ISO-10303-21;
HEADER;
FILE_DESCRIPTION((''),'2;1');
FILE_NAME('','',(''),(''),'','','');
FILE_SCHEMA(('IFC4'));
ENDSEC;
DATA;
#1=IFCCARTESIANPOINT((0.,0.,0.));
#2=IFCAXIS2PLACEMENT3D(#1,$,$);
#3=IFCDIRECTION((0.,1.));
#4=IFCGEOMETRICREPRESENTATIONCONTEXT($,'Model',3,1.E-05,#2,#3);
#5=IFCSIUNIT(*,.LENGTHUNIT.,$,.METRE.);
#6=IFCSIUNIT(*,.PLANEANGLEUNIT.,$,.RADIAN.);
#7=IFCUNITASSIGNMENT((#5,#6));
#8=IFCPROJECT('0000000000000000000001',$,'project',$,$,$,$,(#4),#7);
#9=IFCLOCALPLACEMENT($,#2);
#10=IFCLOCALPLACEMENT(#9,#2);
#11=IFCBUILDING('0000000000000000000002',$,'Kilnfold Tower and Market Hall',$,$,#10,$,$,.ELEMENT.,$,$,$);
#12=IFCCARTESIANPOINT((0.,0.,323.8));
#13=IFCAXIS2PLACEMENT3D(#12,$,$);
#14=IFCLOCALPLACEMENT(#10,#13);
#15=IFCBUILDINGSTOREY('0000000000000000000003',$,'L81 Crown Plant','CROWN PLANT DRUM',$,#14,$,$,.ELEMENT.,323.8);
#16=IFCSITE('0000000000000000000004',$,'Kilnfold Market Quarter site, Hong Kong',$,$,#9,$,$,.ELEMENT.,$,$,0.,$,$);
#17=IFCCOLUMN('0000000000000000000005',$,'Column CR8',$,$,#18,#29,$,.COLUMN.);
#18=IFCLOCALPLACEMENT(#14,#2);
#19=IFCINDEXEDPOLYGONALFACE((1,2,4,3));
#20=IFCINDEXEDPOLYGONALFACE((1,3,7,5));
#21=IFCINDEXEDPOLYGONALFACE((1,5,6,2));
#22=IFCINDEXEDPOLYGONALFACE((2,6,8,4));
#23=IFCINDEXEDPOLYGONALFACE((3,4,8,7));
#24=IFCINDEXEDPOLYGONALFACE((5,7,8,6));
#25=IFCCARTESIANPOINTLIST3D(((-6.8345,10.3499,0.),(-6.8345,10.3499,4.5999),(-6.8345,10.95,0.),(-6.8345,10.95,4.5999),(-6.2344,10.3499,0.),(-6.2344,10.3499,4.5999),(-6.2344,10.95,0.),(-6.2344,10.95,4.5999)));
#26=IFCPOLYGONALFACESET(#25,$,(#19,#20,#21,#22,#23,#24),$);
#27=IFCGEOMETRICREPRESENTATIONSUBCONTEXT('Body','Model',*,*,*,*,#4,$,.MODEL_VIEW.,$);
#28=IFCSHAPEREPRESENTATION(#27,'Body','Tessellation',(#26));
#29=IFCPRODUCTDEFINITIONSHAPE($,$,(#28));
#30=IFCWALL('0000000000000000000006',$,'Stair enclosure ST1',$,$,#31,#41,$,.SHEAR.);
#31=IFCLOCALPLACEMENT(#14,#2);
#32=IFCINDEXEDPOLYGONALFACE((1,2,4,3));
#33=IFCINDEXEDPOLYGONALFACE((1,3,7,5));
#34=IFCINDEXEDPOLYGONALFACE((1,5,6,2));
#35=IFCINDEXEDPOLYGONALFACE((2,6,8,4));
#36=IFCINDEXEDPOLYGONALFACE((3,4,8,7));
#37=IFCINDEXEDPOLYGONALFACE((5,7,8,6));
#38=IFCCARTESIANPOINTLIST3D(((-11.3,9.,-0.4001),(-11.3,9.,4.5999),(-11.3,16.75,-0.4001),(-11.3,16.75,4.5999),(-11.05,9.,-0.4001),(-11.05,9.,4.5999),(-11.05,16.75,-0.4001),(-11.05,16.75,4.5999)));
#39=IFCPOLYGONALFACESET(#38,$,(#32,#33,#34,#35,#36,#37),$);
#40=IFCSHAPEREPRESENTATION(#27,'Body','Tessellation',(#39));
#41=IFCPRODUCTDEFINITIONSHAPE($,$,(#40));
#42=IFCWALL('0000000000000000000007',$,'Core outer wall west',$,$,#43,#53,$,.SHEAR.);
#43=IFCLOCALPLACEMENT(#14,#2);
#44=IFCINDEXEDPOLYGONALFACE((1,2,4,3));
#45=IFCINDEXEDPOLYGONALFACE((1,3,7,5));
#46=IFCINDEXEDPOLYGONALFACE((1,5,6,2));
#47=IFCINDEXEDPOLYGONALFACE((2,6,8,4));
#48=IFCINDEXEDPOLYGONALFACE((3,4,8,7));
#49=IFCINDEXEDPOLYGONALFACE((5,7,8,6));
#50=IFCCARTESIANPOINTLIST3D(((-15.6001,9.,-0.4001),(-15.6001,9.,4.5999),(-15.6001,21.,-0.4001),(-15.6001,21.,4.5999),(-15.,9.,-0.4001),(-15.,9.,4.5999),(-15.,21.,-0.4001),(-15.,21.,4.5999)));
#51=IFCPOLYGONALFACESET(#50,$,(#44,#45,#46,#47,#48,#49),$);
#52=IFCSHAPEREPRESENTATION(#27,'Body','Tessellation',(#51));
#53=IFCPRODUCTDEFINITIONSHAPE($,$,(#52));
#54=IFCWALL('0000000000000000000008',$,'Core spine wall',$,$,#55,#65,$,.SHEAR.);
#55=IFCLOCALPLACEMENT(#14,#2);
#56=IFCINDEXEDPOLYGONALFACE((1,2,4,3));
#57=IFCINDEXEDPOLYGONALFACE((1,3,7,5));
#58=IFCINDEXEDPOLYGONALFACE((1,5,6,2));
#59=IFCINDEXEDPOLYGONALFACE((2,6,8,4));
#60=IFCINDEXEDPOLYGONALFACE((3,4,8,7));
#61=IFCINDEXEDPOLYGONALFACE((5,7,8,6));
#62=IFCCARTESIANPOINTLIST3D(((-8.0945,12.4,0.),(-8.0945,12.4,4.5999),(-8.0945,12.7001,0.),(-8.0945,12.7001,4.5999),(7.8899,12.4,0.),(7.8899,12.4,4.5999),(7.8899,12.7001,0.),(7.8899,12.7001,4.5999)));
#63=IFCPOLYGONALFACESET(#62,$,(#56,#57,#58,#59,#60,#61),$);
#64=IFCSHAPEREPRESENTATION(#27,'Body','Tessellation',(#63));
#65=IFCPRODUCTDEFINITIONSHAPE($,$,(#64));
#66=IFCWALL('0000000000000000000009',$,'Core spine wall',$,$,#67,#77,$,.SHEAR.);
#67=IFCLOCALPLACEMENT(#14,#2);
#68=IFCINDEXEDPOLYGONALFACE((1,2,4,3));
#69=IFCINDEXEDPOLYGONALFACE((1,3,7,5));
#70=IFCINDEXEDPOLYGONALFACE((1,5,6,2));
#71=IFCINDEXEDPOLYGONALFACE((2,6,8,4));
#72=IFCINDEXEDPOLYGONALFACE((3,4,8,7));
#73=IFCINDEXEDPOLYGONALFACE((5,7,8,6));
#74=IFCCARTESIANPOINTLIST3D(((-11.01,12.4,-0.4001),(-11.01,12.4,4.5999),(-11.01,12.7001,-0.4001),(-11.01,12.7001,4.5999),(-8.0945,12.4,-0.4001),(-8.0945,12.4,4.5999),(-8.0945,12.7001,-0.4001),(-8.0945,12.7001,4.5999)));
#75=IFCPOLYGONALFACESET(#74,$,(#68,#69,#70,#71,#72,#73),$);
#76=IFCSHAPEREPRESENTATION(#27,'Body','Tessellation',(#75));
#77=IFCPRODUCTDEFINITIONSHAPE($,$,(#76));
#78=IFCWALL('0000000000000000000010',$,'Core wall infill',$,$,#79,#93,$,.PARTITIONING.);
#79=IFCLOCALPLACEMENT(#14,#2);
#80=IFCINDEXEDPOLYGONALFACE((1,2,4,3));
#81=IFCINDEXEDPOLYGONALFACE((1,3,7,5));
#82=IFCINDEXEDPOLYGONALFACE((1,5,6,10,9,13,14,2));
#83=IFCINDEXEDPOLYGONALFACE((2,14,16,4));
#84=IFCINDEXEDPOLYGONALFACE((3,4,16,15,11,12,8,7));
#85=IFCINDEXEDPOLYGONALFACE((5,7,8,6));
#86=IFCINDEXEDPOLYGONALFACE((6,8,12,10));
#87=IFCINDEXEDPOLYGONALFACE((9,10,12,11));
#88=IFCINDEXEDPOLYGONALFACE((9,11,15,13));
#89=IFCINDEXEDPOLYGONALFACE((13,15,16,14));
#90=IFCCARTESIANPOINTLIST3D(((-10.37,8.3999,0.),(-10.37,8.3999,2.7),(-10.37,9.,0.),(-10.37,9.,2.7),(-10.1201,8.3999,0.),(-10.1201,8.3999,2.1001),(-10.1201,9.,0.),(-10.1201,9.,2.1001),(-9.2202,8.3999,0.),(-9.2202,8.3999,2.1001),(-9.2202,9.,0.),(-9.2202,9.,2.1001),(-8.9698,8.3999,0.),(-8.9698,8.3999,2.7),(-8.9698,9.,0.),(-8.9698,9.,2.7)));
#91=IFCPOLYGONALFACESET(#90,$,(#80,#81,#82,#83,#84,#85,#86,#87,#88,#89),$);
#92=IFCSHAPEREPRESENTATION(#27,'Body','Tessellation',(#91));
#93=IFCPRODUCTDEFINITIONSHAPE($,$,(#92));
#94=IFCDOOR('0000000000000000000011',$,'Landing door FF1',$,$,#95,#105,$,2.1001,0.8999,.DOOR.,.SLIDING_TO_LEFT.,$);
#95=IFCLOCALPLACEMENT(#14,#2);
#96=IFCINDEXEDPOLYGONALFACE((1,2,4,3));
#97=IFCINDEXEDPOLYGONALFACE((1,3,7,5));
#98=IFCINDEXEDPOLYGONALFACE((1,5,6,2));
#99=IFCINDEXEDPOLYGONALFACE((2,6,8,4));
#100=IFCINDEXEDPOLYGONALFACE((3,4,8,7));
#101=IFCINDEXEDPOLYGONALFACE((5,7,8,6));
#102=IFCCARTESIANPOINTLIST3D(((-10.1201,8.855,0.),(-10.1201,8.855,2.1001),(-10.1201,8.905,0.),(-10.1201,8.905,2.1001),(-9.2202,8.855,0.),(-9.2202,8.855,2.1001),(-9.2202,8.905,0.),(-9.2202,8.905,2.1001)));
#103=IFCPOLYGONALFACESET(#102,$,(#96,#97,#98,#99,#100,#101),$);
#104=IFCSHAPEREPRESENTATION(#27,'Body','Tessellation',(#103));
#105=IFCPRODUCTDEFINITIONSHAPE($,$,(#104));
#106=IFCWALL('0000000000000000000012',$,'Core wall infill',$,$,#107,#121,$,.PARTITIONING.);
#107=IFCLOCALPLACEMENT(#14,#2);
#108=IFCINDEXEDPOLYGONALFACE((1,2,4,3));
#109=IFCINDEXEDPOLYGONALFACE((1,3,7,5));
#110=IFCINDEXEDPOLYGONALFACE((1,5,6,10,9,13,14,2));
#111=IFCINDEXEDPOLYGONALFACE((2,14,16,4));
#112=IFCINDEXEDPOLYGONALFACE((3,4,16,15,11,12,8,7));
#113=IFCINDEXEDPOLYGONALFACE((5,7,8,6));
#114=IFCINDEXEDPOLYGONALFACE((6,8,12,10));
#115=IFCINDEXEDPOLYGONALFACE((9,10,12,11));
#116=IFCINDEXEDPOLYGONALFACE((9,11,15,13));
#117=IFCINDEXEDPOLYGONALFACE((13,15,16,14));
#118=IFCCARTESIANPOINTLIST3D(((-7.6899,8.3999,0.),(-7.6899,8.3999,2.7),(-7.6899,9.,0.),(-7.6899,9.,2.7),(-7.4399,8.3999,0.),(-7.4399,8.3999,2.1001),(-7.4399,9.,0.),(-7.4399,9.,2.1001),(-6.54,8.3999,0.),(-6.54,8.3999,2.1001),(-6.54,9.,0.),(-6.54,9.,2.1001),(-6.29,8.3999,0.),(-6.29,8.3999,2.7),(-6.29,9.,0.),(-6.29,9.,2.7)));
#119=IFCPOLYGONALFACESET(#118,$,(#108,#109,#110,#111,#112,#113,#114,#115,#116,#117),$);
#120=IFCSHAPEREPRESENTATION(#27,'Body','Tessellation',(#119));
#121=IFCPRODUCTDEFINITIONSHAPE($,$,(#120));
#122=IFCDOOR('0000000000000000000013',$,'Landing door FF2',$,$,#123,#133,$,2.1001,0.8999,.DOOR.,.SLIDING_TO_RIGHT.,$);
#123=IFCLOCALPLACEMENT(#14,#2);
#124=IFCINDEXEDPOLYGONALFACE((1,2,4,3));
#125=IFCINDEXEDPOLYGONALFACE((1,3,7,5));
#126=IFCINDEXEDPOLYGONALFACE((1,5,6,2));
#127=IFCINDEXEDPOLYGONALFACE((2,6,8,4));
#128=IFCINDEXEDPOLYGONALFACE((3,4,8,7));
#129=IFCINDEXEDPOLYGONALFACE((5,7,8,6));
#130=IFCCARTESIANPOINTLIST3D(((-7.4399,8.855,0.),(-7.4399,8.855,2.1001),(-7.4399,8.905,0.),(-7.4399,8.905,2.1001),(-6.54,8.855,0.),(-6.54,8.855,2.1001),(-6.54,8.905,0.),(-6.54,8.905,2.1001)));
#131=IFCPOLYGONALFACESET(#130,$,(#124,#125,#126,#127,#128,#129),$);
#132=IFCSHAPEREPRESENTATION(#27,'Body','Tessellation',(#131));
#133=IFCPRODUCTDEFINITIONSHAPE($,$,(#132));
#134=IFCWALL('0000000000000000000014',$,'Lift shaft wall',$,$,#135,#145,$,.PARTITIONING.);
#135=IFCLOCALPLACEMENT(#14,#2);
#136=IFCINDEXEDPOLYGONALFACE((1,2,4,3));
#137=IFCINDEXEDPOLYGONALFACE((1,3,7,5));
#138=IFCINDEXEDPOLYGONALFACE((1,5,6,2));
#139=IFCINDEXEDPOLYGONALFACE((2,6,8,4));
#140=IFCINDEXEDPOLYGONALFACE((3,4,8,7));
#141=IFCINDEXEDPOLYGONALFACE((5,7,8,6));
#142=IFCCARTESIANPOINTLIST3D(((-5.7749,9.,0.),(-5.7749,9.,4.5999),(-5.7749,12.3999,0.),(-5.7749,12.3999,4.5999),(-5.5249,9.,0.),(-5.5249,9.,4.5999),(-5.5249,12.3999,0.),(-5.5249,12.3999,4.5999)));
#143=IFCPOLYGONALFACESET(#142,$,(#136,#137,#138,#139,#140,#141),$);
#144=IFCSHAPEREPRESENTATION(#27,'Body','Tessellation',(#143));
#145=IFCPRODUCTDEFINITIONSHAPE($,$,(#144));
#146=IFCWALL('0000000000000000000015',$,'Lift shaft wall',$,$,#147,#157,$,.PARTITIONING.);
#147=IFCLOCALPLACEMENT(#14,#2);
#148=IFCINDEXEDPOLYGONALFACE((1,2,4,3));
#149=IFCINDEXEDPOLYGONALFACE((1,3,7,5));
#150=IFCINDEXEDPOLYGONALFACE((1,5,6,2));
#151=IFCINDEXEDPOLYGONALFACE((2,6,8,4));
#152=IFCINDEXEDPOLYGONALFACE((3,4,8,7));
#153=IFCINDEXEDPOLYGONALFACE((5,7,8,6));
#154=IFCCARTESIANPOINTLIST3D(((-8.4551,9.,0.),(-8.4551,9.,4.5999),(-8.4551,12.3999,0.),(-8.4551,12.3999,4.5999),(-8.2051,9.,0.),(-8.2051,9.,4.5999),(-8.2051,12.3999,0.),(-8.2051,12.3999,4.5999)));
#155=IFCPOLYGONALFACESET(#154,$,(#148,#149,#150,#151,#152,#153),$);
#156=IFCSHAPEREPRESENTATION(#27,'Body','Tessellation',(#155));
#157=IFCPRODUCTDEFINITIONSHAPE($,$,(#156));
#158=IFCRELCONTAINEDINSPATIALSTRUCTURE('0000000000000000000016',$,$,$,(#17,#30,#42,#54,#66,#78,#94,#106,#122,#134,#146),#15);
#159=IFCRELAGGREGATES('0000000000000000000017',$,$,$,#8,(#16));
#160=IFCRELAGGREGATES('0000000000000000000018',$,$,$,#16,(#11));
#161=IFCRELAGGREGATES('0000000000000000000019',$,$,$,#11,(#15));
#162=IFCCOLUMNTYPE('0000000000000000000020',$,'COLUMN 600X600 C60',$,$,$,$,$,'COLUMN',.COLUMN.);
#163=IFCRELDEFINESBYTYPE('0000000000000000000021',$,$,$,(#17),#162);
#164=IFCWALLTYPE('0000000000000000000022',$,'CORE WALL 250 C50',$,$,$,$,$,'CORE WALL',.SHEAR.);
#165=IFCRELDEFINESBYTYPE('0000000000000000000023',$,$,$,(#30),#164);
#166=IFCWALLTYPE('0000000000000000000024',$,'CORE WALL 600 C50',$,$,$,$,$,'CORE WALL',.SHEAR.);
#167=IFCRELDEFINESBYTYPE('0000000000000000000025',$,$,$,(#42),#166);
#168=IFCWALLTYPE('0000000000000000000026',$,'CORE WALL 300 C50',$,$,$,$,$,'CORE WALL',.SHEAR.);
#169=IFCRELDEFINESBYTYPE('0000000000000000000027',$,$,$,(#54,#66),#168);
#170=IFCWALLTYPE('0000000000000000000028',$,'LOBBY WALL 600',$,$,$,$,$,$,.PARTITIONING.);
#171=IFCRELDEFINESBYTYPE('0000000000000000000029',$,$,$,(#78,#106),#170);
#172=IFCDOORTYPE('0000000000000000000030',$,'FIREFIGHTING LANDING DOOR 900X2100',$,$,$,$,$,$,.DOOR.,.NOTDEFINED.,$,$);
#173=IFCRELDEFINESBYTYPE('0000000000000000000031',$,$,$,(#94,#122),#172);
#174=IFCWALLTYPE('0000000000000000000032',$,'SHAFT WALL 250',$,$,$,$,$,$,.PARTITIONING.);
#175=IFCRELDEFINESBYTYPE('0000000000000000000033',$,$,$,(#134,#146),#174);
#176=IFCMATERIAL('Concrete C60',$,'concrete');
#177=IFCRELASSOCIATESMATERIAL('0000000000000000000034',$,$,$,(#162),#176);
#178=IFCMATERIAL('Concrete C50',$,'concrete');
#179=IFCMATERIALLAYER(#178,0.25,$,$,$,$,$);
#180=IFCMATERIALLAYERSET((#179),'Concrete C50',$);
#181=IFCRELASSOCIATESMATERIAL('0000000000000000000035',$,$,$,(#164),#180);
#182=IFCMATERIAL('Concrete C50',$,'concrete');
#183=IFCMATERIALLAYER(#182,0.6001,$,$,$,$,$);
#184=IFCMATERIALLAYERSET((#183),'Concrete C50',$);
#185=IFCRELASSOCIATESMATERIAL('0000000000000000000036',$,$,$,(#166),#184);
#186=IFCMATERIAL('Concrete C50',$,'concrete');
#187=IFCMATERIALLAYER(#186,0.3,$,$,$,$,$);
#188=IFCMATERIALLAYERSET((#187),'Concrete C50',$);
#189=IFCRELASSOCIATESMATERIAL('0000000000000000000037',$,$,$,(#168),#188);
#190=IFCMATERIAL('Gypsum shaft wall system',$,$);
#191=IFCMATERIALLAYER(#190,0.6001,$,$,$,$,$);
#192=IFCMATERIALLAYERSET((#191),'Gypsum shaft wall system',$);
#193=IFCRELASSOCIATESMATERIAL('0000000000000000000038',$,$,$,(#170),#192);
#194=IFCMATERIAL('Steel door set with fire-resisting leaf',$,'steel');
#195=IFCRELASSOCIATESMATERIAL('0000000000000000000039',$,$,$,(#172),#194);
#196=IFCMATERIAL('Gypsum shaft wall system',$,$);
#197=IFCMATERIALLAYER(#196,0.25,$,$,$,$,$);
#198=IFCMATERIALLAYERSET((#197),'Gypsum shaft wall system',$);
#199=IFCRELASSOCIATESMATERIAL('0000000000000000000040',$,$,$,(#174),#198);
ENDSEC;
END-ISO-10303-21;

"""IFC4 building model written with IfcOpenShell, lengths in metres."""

from ifc_helpers import new_model, si_unit, direction, frame, frame_2d, origin, origin_2d, place, context, subcontext, project, spatial, rectangle, extrude, source, transform, mapped, material, layer, layer_set, material_profile, profile_set, type_object, element, fill, save


model = new_model("IFC4")

# Units and contexts
model_context = context("Model", 3, precision=1e-05, world=origin(), true_north=direction((0.0, 1.0)))
body_context = subcontext(model_context, "Body", "Model", "MODEL_VIEW")
ifc_project = project(units=[si_unit("LENGTHUNIT", "METRE"), si_unit("PLANEANGLEUNIT", "RADIAN")], contexts=[model_context])

# Site, building, storey
site_placement = place(None, origin())
site = spatial("IfcSite", under=ifc_project, at=site_placement, Name="Kilnfold Market Quarter site, Hong Kong", CompositionType="ELEMENT", RefElevation=0.0)
building_placement = place(site_placement, origin())
building = spatial("IfcBuilding", under=site, at=building_placement, Name="Kilnfold Tower and Market Hall", CompositionType="ELEMENT")
storey_placement = place(building_placement, frame((0.0, 0.0, 323.8)))
storey = spatial("IfcBuildingStorey", under=building, at=storey_placement, Name="L81 Crown Plant", Description="CROWN PLANT DRUM", CompositionType="ELEMENT", Elevation=323.8)

# Column
ifc_material_1 = material(Name="Concrete C60", Category="concrete")
ifc_material_profile = material_profile(ifc_material_1, rectangle(XDim=0.6001, YDim=0.6001, at=origin_2d()), Name="RC 600x600")
ifc_profile_set = profile_set([ifc_material_profile], Name="Concrete C60")
column_type = type_object("IfcColumnType", Name="COLUMN 600X600 C60", ElementType="COLUMN", PredefinedType="COLUMN", material=ifc_profile_set)
shared_shape_1 = source(origin(), body_context, "Body", "SweptSolid", [
    extrude(rectangle(XDim=0.6001, YDim=0.6001, at=origin_2d()), origin(), (0.0, 0.0, 1.0), 4.5999),
])
column_placement = place(storey_placement, frame((-6.5344, 10.6499, 0.0), z_axis=(0.0, 0.0, 1.0), x_axis=(1.0, 0.0, 0.0)))
element("IfcColumn", 1, at=column_placement, inside=storey, type_object=column_type, Name="Column CR8", PredefinedType="COLUMN", context=body_context, shape_type="MappedRepresentation", body=[
    mapped(shared_shape_1, transform((0.0, 0.0, 0.0))),
])

# Walls
ifc_material_2 = material(Name="Concrete C50", Category="concrete")
ifc_layer_1 = layer(ifc_material_2, 0.25)
ifc_layer_set_1 = layer_set([ifc_layer_1], Name="Concrete C50")
wall_type_1 = type_object("IfcWallType", Name="CORE WALL 250 C50", ElementType="CORE WALL", PredefinedType="SHEAR", material=ifc_layer_set_1)
shared_shape_2 = source(origin(), body_context, "Body", "SweptSolid", [
    extrude(rectangle(XDim=7.75, YDim=0.25, at=frame_2d((3.875, 0.0))), origin(), (0.0, 0.0, 1.0), 5.0),
])
wall_1_placement = place(storey_placement, frame((-11.175, 9.0, -0.4001), z_axis=(0.0, 0.0, 1.0), x_axis=(0.0, 1.0, 0.0)))
element("IfcWall", 2, at=wall_1_placement, inside=storey, type_object=wall_type_1, Name="Stair enclosure ST1", PredefinedType="SHEAR", context=body_context, shape_type="MappedRepresentation", body=[
    mapped(shared_shape_2, transform((0.0, 0.0, 0.0))),
])
ifc_material_3 = material(Name="Concrete C50", Category="concrete")
ifc_layer_2 = layer(ifc_material_3, 0.6001)
ifc_layer_set_2 = layer_set([ifc_layer_2], Name="Concrete C50")
wall_type_2 = type_object("IfcWallType", Name="CORE WALL 600 C50", ElementType="CORE WALL", PredefinedType="SHEAR", material=ifc_layer_set_2)
shared_shape_3 = source(origin(), body_context, "Body", "SweptSolid", [
    extrude(rectangle(XDim=12.0, YDim=0.6001, at=frame_2d((6.0, 0.0))), origin(), (0.0, 0.0, 1.0), 5.0),
])
wall_2_placement = place(storey_placement, frame((-15.3, 9.0, -0.4001), z_axis=(0.0, 0.0, 1.0), x_axis=(0.0, 1.0, 0.0)))
element("IfcWall", 3, at=wall_2_placement, inside=storey, type_object=wall_type_2, Name="Core outer wall west", PredefinedType="SHEAR", context=body_context, shape_type="MappedRepresentation", body=[
    mapped(shared_shape_3, transform((0.0, 0.0, 0.0))),
])
ifc_material_4 = material(Name="Concrete C50", Category="concrete")
ifc_layer_3 = layer(ifc_material_4, 0.3)
ifc_layer_set_3 = layer_set([ifc_layer_3], Name="Concrete C50")
wall_type_3 = type_object("IfcWallType", Name="CORE WALL 300 C50", ElementType="CORE WALL", PredefinedType="SHEAR", material=ifc_layer_set_3)
shared_shape_4 = source(origin(), body_context, "Body", "SweptSolid", [
    extrude(rectangle(XDim=15.9844, YDim=0.3, at=frame_2d((7.9922, 0.0))), origin(), (0.0, 0.0, 1.0), 4.5999),
])
wall_3_placement = place(storey_placement, frame((-8.0945, 12.55, 0.0), z_axis=(0.0, 0.0, 1.0), x_axis=(1.0, 0.0, 0.0)))
element("IfcWall", 4, at=wall_3_placement, inside=storey, type_object=wall_type_3, Name="Core spine wall", PredefinedType="SHEAR", context=body_context, shape_type="MappedRepresentation", body=[
    mapped(shared_shape_4, transform((0.0, 0.0, 0.0))),
])
shared_shape_5 = source(origin(), body_context, "Body", "SweptSolid", [
    extrude(rectangle(XDim=2.9155, YDim=0.3, at=frame_2d((1.4578, 0.0))), origin(), (0.0, 0.0, 1.0), 5.0),
])
wall_4_placement = place(storey_placement, frame((-11.01, 12.55, -0.4001), z_axis=(0.0, 0.0, 1.0), x_axis=(1.0, 0.0, 0.0)))
element("IfcWall", 5, at=wall_4_placement, inside=storey, type_object=wall_type_3, Name="Core spine wall", PredefinedType="SHEAR", context=body_context, shape_type="MappedRepresentation", body=[
    mapped(shared_shape_5, transform((0.0, 0.0, 0.0))),
])

# Walls, openings, doors
ifc_material_5 = material(Name="Gypsum shaft wall system")
ifc_layer_4 = layer(ifc_material_5, 0.6001)
ifc_layer_set_4 = layer_set([ifc_layer_4], Name="Gypsum shaft wall system")
wall_type_4 = type_object("IfcWallType", Name="LOBBY WALL 600", PredefinedType="PARTITIONING", material=ifc_layer_set_4)
shared_shape_6 = source(origin(), body_context, "Body", "SweptSolid", [
    extrude(rectangle(XDim=1.4001, YDim=0.6001, at=frame_2d((0.7002, 0.0))), origin(), (0.0, 0.0, 1.0), 2.7),
])
wall_5_placement = place(storey_placement, frame((-10.3701, 8.7, 0.0), z_axis=(0.0, 0.0, 1.0), x_axis=(1.0, 0.0, 0.0)))
wall_5 = element("IfcWall", 6, at=wall_5_placement, inside=storey, type_object=wall_type_4, Name="Core wall infill", PredefinedType="PARTITIONING", context=body_context, shape_type="MappedRepresentation", body=[
    mapped(shared_shape_6, transform((0.0, 0.0, 0.0))),
])
opening_1_placement = place(wall_5_placement, frame((0.25, 0.0, 0.0)))
opening_1 = element("IfcOpeningElement", 7, at=opening_1_placement, cuts=wall_5, PredefinedType="OPENING", context=body_context, shape_type="SweptSolid", body=[
    extrude(rectangle(XDim=0.8999, YDim=2.1001, at=frame_2d((0.45, 1.05))), frame((0.0, 0.3101, 0.0), z_axis=(0.0, -1.0, 0.0), x_axis=(1.0, 0.0, 0.0)), (0.0, 0.0, 1.0), 0.6201),
])
ifc_material_6 = material(Name="Steel door set with fire-resisting leaf", Category="steel")
door_type = type_object("IfcDoorType", Name="FIREFIGHTING LANDING DOOR 900X2100", OperationType="NOTDEFINED", PredefinedType="DOOR", material=ifc_material_6)
door_1_placement = place(opening_1_placement, origin())
door_1 = element("IfcDoor", 8, at=door_1_placement, inside=storey, type_object=door_type, Name="Landing door FF1", OperationType="SLIDING_TO_LEFT", OverallHeight=2.1001, OverallWidth=0.8999, PredefinedType="DOOR", context=body_context, shape_type="SweptSolid", body=[
    extrude(rectangle(XDim=0.8999, YDim=2.1001, at=frame_2d((0.45, 1.05))), frame((0.0, 0.2051, 0.0), z_axis=(0.0, -1.0, 0.0), x_axis=(1.0, 0.0, 0.0)), (0.0, 0.0, 1.0), 0.05),
])
fill(opening_1, door_1)
shared_shape_7 = source(origin(), body_context, "Body", "SweptSolid", [
    extrude(rectangle(XDim=1.3999, YDim=0.6001, at=frame_2d((0.7, 0.0))), origin(), (0.0, 0.0, 1.0), 2.7),
])
wall_6_placement = place(storey_placement, frame((-7.6899, 8.7, 0.0), z_axis=(0.0, 0.0, 1.0), x_axis=(1.0, 0.0, 0.0)))
wall_6 = element("IfcWall", 9, at=wall_6_placement, inside=storey, type_object=wall_type_4, Name="Core wall infill", PredefinedType="PARTITIONING", context=body_context, shape_type="MappedRepresentation", body=[
    mapped(shared_shape_7, transform((0.0, 0.0, 0.0))),
])
opening_2_placement = place(wall_6_placement, frame((0.25, 0.0, 0.0)))
opening_2 = element("IfcOpeningElement", 10, at=opening_2_placement, cuts=wall_6, PredefinedType="OPENING", context=body_context, shape_type="SweptSolid", body=[
    extrude(rectangle(XDim=0.8999, YDim=2.1001, at=frame_2d((0.45, 1.05))), frame((0.0, 0.3101, 0.0), z_axis=(0.0, -1.0, 0.0), x_axis=(1.0, 0.0, 0.0)), (0.0, 0.0, 1.0), 0.6201),
])
door_2_placement = place(opening_2_placement, origin())
door_2 = element("IfcDoor", 11, at=door_2_placement, inside=storey, type_object=door_type, Name="Landing door FF2", OperationType="SLIDING_TO_RIGHT", OverallHeight=2.1001, OverallWidth=0.8999, PredefinedType="DOOR", context=body_context, shape_type="SweptSolid", body=[
    extrude(rectangle(XDim=0.8999, YDim=2.1001, at=frame_2d((0.45, 1.05))), frame((0.0, 0.2051, 0.0), z_axis=(0.0, -1.0, 0.0), x_axis=(1.0, 0.0, 0.0)), (0.0, 0.0, 1.0), 0.05),
])
fill(opening_2, door_2)

# Walls
ifc_material_7 = material(Name="Gypsum shaft wall system")
ifc_layer_5 = layer(ifc_material_7, 0.25)
ifc_layer_set_5 = layer_set([ifc_layer_5], Name="Gypsum shaft wall system")
wall_type_5 = type_object("IfcWallType", Name="SHAFT WALL 250", PredefinedType="PARTITIONING", material=ifc_layer_set_5)
shared_shape_8 = source(origin(), body_context, "Body", "SweptSolid", [
    extrude(rectangle(XDim=3.3999, YDim=0.25, at=frame_2d((1.7, 0.0))), origin(), (0.0, 0.0, 1.0), 4.5999),
])
for number, where, z_axis, x_axis, name in (
    (12, (-5.6499, 9.0, 0.0), (0.0, 0.0, 1.0), (0.0, 1.0, 0.0), "Lift shaft wall"),
    (13, (-8.3301, 9.0, 0.0), (0.0, 0.0, 1.0), (0.0, 1.0, 0.0), "Lift shaft wall"),
):
    element("IfcWall", number, at=place(storey_placement, frame(where, z_axis=z_axis, x_axis=x_axis)), inside=storey, type_object=wall_type_5, Name=name, PredefinedType="PARTITIONING", context=body_context, shape_type="MappedRepresentation", body=[
        mapped(shared_shape_8, transform((0.0, 0.0, 0.0))),
    ])

save(model, "model.ifc")
